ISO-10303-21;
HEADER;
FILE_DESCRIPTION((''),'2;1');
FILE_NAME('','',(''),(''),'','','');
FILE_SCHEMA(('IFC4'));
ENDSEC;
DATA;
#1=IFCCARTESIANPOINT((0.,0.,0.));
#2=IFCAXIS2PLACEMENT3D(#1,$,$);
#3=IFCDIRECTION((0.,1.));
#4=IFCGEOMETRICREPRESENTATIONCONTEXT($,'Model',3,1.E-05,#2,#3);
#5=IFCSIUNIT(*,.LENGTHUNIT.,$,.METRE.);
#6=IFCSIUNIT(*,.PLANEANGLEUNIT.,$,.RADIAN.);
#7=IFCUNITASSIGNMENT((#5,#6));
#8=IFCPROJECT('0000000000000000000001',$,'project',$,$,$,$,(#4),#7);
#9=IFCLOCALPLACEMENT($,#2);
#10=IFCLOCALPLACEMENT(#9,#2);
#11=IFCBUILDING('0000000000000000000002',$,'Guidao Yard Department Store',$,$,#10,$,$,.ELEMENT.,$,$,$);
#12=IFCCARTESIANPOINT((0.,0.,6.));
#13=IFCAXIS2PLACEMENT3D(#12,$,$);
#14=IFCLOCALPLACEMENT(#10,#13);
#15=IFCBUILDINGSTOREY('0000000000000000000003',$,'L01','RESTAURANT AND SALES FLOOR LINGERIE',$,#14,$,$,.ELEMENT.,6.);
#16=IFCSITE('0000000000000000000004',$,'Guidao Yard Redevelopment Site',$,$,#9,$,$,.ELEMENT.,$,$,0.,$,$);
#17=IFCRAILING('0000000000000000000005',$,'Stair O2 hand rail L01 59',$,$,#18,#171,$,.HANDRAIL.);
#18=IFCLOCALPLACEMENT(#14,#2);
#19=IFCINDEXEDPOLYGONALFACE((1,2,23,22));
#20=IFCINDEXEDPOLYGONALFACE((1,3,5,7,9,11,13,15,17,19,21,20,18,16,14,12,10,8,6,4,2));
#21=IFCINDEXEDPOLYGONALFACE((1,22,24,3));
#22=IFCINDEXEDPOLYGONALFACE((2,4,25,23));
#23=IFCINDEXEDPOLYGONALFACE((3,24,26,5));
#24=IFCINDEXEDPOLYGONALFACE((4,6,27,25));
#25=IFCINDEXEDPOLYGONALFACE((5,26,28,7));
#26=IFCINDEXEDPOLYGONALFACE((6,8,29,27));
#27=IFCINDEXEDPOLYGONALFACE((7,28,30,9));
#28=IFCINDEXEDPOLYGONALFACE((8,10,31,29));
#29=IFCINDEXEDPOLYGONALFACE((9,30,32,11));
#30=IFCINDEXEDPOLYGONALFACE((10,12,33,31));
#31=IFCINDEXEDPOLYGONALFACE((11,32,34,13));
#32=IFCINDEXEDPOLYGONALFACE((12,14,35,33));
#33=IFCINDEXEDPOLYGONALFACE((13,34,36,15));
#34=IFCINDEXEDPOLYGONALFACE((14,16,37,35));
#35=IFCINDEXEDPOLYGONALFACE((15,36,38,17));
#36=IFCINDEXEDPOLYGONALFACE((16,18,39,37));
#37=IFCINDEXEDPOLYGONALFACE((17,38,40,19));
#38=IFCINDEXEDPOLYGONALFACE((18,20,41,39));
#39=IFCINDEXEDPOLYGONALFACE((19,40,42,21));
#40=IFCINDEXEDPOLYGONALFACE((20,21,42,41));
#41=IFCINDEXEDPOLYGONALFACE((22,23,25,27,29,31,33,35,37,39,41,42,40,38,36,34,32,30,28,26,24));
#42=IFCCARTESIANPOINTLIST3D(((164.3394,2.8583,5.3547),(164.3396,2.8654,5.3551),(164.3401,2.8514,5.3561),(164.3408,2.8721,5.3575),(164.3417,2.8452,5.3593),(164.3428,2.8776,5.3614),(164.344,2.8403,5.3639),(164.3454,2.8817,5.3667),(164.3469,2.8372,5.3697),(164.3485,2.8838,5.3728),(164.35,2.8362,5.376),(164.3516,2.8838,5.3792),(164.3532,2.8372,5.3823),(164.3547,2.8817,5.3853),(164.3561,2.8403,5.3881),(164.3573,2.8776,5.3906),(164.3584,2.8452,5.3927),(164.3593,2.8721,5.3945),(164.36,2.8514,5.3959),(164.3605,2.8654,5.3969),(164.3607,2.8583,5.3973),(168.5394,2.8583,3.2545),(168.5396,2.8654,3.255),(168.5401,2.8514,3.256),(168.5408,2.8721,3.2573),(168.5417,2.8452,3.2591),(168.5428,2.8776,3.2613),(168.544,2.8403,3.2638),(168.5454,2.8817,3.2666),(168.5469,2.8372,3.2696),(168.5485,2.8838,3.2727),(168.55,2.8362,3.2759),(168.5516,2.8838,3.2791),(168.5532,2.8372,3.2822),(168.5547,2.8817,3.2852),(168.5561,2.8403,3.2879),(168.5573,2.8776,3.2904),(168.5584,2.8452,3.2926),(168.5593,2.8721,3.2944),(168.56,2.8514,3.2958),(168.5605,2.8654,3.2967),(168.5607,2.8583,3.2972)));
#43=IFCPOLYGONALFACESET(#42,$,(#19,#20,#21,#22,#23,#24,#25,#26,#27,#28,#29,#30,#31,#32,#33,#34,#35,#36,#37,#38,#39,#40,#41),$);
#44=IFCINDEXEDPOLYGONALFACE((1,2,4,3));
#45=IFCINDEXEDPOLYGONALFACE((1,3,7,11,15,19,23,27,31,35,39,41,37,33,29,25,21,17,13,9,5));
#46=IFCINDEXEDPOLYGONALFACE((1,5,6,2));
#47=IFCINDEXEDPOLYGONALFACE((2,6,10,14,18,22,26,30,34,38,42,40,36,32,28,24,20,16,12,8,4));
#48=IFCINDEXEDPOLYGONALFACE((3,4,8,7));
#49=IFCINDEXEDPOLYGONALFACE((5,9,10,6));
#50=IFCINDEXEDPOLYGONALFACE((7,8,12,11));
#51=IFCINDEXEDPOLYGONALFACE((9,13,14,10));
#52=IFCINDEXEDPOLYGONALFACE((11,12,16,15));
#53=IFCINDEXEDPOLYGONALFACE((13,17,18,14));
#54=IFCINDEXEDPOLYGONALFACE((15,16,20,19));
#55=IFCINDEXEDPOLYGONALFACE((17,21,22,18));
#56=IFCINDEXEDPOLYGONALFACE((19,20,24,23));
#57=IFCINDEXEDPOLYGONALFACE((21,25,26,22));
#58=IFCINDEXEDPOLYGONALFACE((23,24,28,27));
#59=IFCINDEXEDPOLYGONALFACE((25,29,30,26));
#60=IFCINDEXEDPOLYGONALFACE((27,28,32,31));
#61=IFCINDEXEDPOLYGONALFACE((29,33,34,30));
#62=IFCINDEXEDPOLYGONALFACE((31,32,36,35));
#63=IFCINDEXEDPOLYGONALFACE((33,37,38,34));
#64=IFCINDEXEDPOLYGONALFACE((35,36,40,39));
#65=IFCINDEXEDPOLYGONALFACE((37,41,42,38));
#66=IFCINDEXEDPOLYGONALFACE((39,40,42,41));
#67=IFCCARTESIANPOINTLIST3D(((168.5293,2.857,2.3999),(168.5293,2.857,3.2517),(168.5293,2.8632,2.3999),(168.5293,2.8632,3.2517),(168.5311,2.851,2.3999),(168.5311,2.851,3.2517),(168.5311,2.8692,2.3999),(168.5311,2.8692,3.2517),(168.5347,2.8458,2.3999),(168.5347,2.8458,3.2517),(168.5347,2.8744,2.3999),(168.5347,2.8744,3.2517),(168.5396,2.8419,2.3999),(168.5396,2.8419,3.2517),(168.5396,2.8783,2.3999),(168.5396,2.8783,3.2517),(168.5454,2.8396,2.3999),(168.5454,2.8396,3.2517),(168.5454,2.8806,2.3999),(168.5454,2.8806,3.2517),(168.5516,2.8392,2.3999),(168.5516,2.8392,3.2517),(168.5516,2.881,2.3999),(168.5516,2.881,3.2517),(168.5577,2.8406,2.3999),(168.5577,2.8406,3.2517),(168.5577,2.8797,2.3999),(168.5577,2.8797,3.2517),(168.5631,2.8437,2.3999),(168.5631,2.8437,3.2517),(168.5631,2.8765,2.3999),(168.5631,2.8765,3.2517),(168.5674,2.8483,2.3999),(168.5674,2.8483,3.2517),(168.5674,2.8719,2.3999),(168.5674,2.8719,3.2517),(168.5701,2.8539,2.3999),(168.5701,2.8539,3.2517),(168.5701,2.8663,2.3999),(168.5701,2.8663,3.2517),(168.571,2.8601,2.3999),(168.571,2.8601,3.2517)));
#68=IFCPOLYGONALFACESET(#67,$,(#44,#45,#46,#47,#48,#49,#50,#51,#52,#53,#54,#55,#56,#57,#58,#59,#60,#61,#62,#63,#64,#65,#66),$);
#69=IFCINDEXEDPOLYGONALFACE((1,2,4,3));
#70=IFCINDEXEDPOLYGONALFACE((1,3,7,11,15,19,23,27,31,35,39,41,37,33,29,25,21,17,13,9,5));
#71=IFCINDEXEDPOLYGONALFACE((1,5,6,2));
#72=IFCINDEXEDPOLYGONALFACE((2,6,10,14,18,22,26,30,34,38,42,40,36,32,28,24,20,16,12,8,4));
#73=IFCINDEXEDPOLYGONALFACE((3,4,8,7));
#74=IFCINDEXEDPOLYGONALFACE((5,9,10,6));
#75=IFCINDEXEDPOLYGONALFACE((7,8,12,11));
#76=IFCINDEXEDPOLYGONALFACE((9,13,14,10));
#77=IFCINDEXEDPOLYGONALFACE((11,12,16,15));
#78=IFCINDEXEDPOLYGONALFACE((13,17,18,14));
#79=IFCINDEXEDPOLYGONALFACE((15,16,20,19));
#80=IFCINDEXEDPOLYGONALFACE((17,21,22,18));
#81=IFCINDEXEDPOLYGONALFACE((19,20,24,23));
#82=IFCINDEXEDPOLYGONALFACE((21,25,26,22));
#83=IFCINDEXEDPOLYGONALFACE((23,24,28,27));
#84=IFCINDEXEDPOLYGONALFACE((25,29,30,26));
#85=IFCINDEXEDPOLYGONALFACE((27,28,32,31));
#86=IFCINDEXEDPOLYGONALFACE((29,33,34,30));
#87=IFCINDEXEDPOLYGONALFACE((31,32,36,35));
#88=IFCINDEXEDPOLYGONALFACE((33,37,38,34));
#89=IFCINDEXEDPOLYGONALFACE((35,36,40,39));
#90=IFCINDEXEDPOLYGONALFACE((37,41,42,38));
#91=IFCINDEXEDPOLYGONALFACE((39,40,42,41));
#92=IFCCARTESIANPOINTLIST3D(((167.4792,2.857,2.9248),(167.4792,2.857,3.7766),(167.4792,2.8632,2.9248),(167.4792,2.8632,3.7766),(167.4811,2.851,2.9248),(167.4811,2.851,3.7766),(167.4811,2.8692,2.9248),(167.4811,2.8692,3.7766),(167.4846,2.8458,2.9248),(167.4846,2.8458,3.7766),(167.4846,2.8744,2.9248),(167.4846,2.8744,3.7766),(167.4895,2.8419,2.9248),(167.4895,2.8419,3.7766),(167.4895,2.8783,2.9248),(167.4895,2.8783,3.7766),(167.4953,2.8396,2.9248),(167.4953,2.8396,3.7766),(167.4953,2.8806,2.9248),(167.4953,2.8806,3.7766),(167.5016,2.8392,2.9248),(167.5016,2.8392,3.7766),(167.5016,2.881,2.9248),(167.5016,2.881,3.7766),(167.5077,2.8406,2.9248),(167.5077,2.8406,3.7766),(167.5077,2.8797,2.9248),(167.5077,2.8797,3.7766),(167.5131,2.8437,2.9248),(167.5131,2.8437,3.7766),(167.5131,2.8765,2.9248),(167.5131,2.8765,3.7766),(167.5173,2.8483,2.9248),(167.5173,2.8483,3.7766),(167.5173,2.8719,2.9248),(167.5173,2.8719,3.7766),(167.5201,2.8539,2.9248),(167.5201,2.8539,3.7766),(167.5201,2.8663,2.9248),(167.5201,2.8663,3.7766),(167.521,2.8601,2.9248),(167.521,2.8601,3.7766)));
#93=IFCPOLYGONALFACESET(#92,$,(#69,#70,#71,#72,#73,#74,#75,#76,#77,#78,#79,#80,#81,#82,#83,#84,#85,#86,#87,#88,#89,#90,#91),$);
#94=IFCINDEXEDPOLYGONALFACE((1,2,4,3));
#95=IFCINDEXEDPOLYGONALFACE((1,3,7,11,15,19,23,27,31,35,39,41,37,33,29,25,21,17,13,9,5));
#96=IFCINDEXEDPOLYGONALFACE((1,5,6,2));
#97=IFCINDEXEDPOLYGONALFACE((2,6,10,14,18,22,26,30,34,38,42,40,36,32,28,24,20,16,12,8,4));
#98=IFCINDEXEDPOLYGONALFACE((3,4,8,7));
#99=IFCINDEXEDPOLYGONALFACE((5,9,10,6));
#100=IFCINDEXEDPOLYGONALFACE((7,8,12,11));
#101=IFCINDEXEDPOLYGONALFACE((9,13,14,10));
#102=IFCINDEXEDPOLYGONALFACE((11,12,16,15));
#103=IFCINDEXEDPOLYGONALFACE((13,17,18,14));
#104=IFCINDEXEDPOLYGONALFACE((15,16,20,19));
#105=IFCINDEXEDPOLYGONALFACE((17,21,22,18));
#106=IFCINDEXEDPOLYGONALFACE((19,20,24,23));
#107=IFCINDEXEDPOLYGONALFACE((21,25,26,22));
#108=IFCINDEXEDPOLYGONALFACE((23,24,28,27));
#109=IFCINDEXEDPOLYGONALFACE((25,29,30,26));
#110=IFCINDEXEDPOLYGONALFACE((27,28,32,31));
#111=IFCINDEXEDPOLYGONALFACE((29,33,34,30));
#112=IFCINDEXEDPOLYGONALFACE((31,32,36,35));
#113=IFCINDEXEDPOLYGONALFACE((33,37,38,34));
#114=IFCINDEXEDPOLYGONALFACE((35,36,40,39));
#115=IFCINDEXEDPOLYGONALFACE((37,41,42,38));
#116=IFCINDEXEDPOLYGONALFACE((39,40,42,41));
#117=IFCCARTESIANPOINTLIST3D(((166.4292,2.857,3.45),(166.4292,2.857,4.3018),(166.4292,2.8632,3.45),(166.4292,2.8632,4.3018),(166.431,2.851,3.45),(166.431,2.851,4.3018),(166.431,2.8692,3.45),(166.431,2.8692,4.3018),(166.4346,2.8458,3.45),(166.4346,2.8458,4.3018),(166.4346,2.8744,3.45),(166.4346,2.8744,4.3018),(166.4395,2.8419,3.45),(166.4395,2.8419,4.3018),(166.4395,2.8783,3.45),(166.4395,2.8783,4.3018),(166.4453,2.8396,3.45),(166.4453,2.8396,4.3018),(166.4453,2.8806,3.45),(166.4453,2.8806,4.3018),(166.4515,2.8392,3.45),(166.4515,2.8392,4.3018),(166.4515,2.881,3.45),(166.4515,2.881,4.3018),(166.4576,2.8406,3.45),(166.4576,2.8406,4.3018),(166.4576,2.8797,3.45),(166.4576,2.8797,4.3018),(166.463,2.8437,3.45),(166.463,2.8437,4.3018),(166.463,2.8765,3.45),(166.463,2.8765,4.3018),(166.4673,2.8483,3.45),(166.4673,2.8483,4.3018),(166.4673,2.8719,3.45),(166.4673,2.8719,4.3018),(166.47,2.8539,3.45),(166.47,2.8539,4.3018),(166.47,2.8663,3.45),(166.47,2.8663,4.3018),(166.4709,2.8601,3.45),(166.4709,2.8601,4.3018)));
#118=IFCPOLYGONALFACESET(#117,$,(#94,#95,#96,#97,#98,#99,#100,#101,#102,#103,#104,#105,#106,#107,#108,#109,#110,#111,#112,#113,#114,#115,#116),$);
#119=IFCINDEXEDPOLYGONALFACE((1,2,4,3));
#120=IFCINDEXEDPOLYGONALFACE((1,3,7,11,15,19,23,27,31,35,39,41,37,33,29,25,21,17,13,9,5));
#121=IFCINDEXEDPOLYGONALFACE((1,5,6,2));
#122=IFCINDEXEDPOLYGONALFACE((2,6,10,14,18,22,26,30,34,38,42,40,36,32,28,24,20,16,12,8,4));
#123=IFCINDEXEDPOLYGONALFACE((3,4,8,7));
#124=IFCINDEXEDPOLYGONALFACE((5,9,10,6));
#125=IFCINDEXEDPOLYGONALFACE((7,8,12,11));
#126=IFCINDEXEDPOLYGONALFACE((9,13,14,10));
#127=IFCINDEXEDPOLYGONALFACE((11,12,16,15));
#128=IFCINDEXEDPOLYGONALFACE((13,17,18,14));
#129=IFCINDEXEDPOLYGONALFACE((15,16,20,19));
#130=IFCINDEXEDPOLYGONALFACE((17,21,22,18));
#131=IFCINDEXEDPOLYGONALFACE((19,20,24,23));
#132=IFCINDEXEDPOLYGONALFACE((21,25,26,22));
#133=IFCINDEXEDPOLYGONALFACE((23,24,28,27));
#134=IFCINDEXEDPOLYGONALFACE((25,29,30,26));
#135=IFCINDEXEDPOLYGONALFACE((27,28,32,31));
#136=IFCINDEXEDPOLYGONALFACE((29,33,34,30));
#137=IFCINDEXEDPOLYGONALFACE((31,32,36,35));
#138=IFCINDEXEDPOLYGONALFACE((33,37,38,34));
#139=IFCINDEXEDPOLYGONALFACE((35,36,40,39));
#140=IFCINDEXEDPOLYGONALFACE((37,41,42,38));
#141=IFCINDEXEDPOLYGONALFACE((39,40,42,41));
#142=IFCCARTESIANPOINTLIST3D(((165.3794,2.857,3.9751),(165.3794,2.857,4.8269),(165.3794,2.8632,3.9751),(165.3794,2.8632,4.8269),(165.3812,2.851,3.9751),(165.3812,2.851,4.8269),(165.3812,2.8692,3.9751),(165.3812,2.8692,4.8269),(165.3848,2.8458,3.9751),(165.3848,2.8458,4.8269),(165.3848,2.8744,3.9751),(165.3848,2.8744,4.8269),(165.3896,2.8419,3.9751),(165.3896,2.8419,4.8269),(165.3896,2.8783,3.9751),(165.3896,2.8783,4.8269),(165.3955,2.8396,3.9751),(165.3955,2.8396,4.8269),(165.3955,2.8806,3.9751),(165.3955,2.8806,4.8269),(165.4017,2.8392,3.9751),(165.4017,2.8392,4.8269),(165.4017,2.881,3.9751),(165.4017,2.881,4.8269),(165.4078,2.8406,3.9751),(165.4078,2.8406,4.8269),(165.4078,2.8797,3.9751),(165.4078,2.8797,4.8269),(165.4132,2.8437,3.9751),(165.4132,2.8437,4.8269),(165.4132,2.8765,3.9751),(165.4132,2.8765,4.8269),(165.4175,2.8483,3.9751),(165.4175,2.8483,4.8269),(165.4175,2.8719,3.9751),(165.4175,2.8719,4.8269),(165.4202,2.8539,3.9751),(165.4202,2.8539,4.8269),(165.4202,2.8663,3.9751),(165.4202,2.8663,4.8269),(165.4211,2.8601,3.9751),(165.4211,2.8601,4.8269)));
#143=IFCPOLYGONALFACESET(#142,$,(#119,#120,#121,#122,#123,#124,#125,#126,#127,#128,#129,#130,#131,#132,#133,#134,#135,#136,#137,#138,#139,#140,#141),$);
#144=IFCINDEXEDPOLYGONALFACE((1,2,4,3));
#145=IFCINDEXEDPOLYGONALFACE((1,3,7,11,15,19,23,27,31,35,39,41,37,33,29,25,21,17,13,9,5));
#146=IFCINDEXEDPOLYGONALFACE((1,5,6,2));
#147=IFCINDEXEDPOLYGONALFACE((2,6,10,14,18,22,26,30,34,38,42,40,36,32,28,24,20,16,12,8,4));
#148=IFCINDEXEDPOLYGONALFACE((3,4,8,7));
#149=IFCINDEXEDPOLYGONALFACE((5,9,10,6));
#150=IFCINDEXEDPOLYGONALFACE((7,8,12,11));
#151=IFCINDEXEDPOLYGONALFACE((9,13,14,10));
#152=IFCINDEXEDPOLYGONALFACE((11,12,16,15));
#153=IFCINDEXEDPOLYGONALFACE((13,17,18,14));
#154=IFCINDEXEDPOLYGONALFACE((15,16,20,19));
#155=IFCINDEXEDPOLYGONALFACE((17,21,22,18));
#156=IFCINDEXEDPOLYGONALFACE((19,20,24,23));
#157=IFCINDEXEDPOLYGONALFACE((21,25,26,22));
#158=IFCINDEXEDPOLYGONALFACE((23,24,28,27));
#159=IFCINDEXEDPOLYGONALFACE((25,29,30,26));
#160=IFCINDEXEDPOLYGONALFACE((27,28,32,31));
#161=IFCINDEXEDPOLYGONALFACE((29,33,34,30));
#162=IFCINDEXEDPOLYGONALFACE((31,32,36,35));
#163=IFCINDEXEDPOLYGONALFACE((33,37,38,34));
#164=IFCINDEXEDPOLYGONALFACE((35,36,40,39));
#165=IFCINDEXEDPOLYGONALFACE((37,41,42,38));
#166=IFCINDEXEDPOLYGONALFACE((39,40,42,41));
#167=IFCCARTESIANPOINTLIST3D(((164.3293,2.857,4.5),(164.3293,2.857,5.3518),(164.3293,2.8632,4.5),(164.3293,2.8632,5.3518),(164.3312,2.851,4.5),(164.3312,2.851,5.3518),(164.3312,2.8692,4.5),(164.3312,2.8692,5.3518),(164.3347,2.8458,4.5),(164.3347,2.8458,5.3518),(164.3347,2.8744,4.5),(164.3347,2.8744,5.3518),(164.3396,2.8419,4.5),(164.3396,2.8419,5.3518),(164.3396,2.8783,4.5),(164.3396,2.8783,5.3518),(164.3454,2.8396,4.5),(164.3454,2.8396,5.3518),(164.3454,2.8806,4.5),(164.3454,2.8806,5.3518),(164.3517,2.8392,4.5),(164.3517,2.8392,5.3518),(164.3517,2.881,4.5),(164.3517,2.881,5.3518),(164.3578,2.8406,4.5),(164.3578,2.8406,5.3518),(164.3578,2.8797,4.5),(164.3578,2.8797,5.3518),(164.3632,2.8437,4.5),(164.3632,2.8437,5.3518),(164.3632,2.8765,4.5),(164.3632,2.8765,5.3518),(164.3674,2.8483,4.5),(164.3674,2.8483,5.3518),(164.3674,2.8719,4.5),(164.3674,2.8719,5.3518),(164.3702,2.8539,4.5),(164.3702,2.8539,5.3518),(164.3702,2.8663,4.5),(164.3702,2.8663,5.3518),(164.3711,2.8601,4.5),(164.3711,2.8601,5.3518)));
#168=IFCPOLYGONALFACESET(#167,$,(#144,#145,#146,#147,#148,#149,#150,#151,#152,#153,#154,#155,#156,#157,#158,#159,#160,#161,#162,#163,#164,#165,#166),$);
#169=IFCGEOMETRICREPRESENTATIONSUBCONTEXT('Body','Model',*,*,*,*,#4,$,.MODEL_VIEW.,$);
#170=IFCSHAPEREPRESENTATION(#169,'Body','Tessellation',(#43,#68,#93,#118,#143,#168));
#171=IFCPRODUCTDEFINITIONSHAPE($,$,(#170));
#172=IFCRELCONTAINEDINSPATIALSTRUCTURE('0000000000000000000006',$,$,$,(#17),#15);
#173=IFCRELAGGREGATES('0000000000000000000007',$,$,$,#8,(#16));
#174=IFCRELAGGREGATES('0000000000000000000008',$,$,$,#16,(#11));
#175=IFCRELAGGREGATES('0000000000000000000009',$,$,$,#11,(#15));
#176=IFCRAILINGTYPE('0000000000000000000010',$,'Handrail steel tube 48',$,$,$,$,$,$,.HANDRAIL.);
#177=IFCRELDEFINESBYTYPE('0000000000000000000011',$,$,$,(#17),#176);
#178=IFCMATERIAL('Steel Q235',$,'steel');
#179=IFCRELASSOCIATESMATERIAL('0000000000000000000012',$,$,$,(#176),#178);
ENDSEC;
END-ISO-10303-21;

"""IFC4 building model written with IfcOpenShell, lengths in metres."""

from ifc_helpers import new_model, si_unit, direction, frame, origin, origin_2d, place, context, subcontext, project, spatial, circle, extrude, material, type_object, element, save


model = new_model("IFC4")

# Units and contexts
model_context = context("Model", 3, precision=1e-05, world=origin(), true_north=direction((0.0, 1.0)))
body_context = subcontext(model_context, "Body", "Model", "MODEL_VIEW")
ifc_project = project(units=[si_unit("LENGTHUNIT", "METRE"), si_unit("PLANEANGLEUNIT", "RADIAN")], contexts=[model_context])

# Site, building, storey
site_placement = place(None, origin())
site = spatial("IfcSite", under=ifc_project, at=site_placement, Name="Guidao Yard Redevelopment Site", CompositionType="ELEMENT", RefElevation=0.0)
building_placement = place(site_placement, origin())
building = spatial("IfcBuilding", under=site, at=building_placement, Name="Guidao Yard Department Store", CompositionType="ELEMENT")
storey_placement = place(building_placement, frame((0.0, 0.0, 6.0)))
storey = spatial("IfcBuildingStorey", under=building, at=storey_placement, Name="L01", Description="RESTAURANT AND SALES FLOOR LINGERIE", CompositionType="ELEMENT", Elevation=6.0)

# Railing
ifc_material_1 = material(Name="Steel Q235", Category="steel")
railing_type_1 = type_object("IfcRailingType", Name="Handrail steel tube 48", PredefinedType="HANDRAIL", material=ifc_material_1)
for number, where, name in (
    (1, (168.55, 2.8601, 2.3999), "Stair O2 hand rail L01 59"),
):
    element("IfcRailing", number, at=place(storey_placement, frame(where)), inside=storey, type_object=railing_type_1, Name=name, PredefinedType="HANDRAIL", context=body_context, shape_type="SweptSolid", body=[
        extrude(circle(Radius=0.0239, at=origin_2d()), frame((0.0, 0.0, 0.876), z_axis=(-0.894417, 0.0, 0.447234), x_axis=(0.0, -1.0, 0.0)), (0.0, 0.0, 1.0), 4.6958),
        extrude(circle(Radius=0.021, at=origin_2d()), origin(), (0.0, 0.0, 1.0), 0.8518),
        extrude(circle(Radius=0.021, at=origin_2d()), frame((-1.05, 0.0, 0.5249)), (0.0, 0.0, 1.0), 0.8518),
        extrude(circle(Radius=0.021, at=origin_2d()), frame((-2.1001, 0.0, 1.05)), (0.0, 0.0, 1.0), 0.8518),
        extrude(circle(Radius=0.021, at=origin_2d()), frame((-3.1499, 0.0, 1.5752)), (0.0, 0.0, 1.0), 0.8518),
        extrude(circle(Radius=0.021, at=origin_2d()), frame((-4.2, 0.0, 2.1001)), (0.0, 0.0, 1.0), 0.8518),
    ])

save(model, "model.ifc")
